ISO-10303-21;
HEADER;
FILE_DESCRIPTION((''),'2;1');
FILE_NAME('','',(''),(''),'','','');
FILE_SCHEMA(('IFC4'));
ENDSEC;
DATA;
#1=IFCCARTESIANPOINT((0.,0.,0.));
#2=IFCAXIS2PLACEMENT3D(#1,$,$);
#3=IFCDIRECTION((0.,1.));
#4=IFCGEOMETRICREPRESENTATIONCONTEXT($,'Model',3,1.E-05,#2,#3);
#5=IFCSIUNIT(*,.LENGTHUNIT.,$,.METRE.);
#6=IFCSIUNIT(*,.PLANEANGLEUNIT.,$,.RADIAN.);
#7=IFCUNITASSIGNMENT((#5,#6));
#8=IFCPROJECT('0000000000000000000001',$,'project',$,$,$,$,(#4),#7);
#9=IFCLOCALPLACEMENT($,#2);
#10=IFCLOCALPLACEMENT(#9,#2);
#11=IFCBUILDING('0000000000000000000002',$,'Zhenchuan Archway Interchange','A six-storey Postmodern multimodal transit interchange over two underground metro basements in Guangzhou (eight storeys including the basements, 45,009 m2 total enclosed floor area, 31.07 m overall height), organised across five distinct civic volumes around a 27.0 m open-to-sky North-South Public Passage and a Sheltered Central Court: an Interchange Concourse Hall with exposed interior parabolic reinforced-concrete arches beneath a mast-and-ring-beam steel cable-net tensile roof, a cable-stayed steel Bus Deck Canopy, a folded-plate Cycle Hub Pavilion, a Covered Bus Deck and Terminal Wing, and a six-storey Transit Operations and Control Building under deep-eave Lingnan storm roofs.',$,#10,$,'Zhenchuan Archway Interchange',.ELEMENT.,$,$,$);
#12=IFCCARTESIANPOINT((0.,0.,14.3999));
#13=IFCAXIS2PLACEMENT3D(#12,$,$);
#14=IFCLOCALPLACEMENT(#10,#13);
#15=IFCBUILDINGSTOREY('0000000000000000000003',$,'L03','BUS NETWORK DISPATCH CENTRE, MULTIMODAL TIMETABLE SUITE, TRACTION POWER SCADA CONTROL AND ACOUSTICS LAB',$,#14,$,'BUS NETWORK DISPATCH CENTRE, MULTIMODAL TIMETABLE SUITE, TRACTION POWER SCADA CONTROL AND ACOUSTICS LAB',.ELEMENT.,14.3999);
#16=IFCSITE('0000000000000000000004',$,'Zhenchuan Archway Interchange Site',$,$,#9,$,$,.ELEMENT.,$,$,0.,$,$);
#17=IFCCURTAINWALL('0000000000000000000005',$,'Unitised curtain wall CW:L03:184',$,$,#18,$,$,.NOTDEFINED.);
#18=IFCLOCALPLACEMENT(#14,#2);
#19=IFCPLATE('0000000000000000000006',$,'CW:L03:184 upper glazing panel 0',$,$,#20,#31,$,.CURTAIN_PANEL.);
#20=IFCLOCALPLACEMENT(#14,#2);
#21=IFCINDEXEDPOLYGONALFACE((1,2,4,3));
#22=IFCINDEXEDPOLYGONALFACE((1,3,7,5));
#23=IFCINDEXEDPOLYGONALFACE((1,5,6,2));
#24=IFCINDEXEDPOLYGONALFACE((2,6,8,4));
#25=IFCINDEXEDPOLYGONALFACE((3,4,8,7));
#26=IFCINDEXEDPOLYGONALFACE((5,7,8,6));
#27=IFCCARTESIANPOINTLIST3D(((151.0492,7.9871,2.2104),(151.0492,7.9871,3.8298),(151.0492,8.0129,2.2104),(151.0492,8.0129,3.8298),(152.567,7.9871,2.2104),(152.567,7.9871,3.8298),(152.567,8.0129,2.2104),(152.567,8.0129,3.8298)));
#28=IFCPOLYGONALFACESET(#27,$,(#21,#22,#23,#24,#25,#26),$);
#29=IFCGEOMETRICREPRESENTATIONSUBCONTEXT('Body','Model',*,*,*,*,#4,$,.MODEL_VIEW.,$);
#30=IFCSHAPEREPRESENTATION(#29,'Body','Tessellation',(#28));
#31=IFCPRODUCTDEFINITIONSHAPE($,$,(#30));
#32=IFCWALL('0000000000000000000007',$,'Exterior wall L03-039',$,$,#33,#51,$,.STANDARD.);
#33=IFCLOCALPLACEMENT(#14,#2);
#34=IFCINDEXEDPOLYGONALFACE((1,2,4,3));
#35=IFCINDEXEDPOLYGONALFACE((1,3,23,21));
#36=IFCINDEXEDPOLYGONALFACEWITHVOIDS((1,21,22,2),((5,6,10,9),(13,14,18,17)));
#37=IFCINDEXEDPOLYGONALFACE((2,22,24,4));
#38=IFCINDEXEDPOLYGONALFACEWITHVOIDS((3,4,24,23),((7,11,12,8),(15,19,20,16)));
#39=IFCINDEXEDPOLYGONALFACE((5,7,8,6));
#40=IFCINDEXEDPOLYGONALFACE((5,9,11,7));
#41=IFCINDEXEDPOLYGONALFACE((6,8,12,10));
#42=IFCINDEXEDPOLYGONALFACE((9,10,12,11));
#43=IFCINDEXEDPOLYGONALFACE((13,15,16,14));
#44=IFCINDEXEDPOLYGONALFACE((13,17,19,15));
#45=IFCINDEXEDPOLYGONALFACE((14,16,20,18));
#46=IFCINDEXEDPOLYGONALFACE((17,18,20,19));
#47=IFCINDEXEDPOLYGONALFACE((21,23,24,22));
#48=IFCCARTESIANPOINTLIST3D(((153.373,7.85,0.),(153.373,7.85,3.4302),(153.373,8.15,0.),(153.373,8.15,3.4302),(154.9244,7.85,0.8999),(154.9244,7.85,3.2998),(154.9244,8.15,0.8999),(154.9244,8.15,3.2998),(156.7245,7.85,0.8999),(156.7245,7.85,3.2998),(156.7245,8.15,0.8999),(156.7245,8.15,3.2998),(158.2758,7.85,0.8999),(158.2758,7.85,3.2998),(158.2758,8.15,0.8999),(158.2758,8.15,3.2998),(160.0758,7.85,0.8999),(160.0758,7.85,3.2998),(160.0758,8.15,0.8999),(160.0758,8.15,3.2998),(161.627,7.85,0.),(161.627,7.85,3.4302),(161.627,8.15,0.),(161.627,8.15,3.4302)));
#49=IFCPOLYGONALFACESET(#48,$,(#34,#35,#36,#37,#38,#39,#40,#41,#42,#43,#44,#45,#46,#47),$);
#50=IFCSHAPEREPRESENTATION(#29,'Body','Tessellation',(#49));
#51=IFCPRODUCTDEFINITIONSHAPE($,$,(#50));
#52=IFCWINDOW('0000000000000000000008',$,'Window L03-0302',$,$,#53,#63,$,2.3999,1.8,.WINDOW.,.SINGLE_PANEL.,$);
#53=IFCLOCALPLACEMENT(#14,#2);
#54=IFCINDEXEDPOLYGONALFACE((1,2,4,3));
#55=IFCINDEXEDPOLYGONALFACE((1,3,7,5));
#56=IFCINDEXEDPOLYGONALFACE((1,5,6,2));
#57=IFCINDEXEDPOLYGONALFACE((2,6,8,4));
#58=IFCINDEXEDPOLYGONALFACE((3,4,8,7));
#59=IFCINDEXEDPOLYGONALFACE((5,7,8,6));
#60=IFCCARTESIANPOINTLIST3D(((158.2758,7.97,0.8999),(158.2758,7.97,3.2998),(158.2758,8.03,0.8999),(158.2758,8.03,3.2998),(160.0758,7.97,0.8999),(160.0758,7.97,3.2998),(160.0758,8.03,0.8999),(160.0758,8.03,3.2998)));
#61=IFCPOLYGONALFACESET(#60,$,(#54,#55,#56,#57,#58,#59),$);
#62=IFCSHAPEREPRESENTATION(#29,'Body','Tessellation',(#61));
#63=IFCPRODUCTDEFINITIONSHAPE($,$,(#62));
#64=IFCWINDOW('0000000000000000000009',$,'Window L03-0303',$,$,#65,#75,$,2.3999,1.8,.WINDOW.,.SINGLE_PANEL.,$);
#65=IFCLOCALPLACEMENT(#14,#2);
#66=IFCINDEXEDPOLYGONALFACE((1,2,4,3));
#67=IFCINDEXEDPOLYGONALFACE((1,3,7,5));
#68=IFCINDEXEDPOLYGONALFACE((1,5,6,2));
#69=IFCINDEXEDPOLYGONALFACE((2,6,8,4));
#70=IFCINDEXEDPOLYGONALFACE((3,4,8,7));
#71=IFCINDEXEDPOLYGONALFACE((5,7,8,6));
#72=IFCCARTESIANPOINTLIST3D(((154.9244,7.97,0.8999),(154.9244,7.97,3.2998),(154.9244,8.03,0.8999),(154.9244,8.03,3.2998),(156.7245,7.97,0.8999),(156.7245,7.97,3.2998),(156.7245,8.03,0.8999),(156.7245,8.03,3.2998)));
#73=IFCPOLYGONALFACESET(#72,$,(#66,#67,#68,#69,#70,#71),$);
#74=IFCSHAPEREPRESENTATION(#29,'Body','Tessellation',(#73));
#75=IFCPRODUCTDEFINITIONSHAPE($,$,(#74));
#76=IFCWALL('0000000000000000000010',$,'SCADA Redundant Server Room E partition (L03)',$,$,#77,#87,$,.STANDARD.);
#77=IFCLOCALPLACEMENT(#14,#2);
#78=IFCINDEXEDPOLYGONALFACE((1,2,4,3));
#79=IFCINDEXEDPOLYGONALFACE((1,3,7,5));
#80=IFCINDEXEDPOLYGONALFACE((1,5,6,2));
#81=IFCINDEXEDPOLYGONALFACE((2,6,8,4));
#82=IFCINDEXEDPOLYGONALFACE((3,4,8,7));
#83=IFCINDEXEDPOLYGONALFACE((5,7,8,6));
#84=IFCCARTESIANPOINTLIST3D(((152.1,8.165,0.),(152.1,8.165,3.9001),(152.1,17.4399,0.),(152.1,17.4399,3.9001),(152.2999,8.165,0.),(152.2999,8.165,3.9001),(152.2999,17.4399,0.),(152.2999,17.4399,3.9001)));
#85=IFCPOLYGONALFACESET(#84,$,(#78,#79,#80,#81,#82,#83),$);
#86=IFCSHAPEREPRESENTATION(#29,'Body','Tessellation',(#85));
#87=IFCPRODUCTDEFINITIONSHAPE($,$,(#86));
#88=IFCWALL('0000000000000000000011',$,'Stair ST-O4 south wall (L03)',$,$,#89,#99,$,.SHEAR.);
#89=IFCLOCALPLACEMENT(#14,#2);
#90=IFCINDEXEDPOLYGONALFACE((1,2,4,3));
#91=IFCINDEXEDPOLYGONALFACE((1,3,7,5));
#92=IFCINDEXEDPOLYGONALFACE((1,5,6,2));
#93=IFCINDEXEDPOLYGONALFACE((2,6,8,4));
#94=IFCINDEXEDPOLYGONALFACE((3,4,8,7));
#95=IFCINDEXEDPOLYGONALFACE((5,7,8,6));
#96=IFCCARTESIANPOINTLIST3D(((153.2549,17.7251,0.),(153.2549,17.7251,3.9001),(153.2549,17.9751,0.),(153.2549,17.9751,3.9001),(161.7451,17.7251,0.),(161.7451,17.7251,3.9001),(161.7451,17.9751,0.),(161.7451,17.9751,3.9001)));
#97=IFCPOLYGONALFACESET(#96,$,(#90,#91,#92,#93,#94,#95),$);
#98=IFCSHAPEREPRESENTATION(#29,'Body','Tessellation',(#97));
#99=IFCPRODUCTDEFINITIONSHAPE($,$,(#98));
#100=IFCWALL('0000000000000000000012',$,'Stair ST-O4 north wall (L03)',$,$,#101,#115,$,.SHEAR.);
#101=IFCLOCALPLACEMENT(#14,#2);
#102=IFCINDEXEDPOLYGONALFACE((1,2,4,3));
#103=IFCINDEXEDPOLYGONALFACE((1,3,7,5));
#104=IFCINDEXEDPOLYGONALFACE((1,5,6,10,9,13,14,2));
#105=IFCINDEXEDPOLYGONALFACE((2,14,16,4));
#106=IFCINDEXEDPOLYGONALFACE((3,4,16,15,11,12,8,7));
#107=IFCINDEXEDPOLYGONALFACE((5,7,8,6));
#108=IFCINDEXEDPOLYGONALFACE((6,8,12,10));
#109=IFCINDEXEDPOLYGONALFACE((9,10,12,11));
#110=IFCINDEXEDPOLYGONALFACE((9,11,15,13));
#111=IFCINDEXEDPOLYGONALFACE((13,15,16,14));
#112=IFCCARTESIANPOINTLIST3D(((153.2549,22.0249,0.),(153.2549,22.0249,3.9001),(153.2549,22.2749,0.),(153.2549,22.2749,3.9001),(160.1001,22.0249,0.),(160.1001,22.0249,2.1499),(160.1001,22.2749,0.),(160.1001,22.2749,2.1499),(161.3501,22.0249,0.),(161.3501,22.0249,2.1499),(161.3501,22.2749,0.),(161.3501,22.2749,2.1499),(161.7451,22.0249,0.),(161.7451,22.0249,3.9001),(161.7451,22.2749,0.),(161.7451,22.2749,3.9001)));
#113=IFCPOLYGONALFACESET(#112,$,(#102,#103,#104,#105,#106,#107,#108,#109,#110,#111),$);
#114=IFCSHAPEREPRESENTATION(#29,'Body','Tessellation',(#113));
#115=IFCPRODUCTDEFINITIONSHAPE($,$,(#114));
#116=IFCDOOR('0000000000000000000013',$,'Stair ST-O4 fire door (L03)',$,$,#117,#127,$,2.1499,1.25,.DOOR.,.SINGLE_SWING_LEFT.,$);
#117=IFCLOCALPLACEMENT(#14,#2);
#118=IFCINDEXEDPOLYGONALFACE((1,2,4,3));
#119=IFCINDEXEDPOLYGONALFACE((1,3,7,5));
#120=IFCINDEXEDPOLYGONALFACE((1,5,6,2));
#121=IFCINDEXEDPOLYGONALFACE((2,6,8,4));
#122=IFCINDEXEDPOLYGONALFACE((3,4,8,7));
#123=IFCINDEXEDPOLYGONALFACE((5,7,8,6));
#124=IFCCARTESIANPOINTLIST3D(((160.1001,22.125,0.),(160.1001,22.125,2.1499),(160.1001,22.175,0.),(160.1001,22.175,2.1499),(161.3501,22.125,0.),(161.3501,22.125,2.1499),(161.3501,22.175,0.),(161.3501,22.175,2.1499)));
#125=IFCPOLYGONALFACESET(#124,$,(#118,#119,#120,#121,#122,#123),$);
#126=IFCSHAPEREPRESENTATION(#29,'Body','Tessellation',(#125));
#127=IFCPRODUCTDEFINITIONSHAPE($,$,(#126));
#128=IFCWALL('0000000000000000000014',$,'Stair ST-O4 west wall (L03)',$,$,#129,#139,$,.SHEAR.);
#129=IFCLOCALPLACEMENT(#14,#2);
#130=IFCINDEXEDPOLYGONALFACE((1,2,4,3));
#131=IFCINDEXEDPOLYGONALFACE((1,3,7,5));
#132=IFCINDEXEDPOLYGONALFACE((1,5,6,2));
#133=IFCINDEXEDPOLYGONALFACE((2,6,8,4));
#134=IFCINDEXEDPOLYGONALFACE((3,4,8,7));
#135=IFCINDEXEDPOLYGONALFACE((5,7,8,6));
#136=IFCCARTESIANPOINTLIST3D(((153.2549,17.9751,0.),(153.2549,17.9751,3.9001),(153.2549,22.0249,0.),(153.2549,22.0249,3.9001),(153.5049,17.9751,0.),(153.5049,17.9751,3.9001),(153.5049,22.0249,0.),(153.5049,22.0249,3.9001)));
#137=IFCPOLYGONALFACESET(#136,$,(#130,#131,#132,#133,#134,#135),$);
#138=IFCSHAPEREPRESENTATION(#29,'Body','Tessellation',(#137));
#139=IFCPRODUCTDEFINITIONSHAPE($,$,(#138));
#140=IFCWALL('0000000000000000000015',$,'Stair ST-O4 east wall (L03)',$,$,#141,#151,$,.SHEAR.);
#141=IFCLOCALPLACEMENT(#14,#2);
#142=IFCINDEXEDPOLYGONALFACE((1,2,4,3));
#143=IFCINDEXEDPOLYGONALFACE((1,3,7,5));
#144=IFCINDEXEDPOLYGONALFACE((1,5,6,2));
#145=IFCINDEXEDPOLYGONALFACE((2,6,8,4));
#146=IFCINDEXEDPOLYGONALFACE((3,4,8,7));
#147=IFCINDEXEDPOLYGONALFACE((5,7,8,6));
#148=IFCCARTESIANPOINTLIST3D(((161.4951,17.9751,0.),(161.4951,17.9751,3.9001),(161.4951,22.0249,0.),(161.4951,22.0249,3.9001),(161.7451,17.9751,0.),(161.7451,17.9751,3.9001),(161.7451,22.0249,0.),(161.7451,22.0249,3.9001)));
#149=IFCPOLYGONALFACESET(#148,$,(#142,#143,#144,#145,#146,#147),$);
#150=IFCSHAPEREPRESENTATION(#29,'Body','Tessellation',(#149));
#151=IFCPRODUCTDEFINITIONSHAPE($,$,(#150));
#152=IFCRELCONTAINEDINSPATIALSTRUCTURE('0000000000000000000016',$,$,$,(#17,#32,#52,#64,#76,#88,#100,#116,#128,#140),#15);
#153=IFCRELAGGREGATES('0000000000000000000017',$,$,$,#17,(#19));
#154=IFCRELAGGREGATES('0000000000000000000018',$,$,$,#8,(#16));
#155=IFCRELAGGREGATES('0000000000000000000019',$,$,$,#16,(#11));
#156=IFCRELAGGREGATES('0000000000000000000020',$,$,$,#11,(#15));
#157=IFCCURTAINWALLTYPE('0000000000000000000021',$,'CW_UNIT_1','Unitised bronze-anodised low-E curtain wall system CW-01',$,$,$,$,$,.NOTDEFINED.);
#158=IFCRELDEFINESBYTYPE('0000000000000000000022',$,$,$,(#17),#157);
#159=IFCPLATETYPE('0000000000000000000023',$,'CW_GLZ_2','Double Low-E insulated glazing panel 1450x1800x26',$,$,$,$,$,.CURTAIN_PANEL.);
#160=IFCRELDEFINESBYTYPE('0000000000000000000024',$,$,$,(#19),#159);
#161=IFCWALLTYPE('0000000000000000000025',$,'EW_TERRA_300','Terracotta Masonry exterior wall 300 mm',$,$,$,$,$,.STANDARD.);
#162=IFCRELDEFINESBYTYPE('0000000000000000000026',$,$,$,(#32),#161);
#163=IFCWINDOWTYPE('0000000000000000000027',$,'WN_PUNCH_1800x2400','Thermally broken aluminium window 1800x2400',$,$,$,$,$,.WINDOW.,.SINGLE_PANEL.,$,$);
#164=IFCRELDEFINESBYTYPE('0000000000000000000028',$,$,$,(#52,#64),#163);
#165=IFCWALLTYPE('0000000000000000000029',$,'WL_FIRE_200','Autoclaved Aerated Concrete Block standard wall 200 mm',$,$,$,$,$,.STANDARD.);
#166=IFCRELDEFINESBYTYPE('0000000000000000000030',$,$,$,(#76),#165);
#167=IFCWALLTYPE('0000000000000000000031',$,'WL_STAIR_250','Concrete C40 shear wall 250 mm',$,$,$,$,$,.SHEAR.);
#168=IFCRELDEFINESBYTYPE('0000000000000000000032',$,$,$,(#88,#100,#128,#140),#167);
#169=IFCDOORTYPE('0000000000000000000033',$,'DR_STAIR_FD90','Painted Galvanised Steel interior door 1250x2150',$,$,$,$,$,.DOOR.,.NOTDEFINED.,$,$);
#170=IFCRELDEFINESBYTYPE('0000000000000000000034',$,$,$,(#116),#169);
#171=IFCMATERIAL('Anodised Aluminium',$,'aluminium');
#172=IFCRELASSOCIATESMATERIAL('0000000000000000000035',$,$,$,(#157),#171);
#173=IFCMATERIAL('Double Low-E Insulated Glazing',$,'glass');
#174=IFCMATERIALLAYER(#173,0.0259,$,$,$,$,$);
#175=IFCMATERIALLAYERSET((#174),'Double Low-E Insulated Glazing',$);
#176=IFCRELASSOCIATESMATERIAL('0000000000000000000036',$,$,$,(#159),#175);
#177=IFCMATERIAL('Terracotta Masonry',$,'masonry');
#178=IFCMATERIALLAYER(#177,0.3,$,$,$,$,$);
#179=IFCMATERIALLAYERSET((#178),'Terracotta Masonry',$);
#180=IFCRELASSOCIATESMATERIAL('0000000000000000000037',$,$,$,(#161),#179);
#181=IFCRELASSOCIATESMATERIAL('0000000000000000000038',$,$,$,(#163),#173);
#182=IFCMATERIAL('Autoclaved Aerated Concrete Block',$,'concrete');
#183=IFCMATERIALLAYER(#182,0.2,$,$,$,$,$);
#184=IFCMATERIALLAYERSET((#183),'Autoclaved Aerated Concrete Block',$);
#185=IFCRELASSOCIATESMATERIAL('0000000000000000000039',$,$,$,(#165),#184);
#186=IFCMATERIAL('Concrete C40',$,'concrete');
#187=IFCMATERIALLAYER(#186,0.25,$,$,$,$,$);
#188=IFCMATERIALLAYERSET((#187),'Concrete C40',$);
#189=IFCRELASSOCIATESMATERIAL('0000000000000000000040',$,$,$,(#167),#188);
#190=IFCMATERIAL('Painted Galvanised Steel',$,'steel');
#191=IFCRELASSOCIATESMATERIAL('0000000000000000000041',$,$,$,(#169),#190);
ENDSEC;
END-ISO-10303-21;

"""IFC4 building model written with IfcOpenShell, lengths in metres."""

from ifc_helpers import new_model, si_unit, direction, frame, frame_2d, origin, origin_2d, place, context, subcontext, project, spatial, rectangle, extrude, material, layer, layer_set, type_object, element, fill, aggregate, save


model = new_model("IFC4")

# Units and contexts
model_context = context("Model", 3, precision=1e-05, world=origin(), true_north=direction((0.0, 1.0)))
body_context = subcontext(model_context, "Body", "Model", "MODEL_VIEW")
ifc_project = project(units=[si_unit("LENGTHUNIT", "METRE"), si_unit("PLANEANGLEUNIT", "RADIAN")], contexts=[model_context])

# Site, building, storey
site_placement = place(None, origin())
site = spatial("IfcSite", under=ifc_project, at=site_placement, Name="Zhenchuan Archway Interchange Site", CompositionType="ELEMENT", RefElevation=0.0)
building_placement = place(site_placement, origin())
building = spatial("IfcBuilding", under=site, at=building_placement, Name="Zhenchuan Archway Interchange", Description="A six-storey Postmodern multimodal transit interchange over two underground metro basements in Guangzhou (eight storeys including the basements, 45,009 m2 total enclosed floor area, 31.07 m overall height), organised across five distinct civic volumes around a 27.0 m open-to-sky North-South Public Passage and a Sheltered Central Court: an Interchange Concourse Hall with exposed interior parabolic reinforced-concrete arches beneath a mast-and-ring-beam steel cable-net tensile roof, a cable-stayed steel Bus Deck Canopy, a folded-plate Cycle Hub Pavilion, a Covered Bus Deck and Terminal Wing, and a six-storey Transit Operations and Control Building under deep-eave Lingnan storm roofs.", LongName="Zhenchuan Archway Interchange", CompositionType="ELEMENT")
storey_placement = place(building_placement, frame((0.0, 0.0, 14.3999)))
storey = spatial("IfcBuildingStorey", under=building, at=storey_placement, Name="L03", Description="BUS NETWORK DISPATCH CENTRE, MULTIMODAL TIMETABLE SUITE, TRACTION POWER SCADA CONTROL AND ACOUSTICS LAB", LongName="BUS NETWORK DISPATCH CENTRE, MULTIMODAL TIMETABLE SUITE, TRACTION POWER SCADA CONTROL AND ACOUSTICS LAB", CompositionType="ELEMENT", Elevation=14.3999)

# Shared definitions
ifc_material_1 = material(Name="Concrete C40", Category="concrete")

# Curtain wall
ifc_material_2 = material(Name="Anodised Aluminium", Category="aluminium")
curtain_wall_type = type_object("IfcCurtainWallType", Name="CW_UNIT_1", Description="Unitised bronze-anodised low-E curtain wall system CW-01", PredefinedType="NOTDEFINED", material=ifc_material_2)
curtain_wall_placement = place(storey_placement, origin())
curtain_wall = element("IfcCurtainWall", 1, at=curtain_wall_placement, inside=storey, type_object=curtain_wall_type, Name="Unitised curtain wall CW:L03:184", PredefinedType="NOTDEFINED")

# Plate
ifc_material_3 = material(Name="Double Low-E Insulated Glazing", Category="glass")
ifc_layer_1 = layer(ifc_material_3, 0.0259)
ifc_layer_set_1 = layer_set([ifc_layer_1], Name="Double Low-E Insulated Glazing")
plate_type = type_object("IfcPlateType", Name="CW_GLZ_2", Description="Double Low-E insulated glazing panel 1450x1800x26", PredefinedType="CURTAIN_PANEL", material=ifc_layer_set_1)
plate_placement = place(storey_placement, frame((151.8081, 8.0, 2.2104), z_axis=(0.0, 0.0, 1.0), x_axis=(-1.0, 0.0, 0.0)))
plate = element("IfcPlate", 2, at=plate_placement, type_object=plate_type, Name="CW:L03:184 upper glazing panel 0", PredefinedType="CURTAIN_PANEL", context=body_context, shape_type="SweptSolid", body=[
    extrude(rectangle(XDim=1.5178, YDim=0.0259, at=origin_2d()), origin(), (0.0, 0.0, 1.0), 1.6194),
])
aggregate(curtain_wall, [plate])

# Wall, openings, windows
ifc_material_4 = material(Name="Terracotta Masonry", Category="masonry")
ifc_layer_2 = layer(ifc_material_4, 0.3)
ifc_layer_set_2 = layer_set([ifc_layer_2], Name="Terracotta Masonry")
wall_type_1 = type_object("IfcWallType", Name="EW_TERRA_300", Description="Terracotta Masonry exterior wall 300 mm", PredefinedType="STANDARD", material=ifc_layer_set_2)
wall_1_placement = place(storey_placement, frame((161.627, 8.0, 0.0), z_axis=(0.0, 0.0, 1.0), x_axis=(-1.0, 0.0, 0.0)))
wall_1 = element("IfcWall", 3, at=wall_1_placement, inside=storey, type_object=wall_type_1, Name="Exterior wall L03-039", PredefinedType="STANDARD", context=body_context, shape_type="SweptSolid", body=[
    extrude(rectangle(XDim=8.2539, YDim=0.3, at=frame_2d((4.127, 0.0))), origin(), (0.0, 0.0, 1.0), 3.4302),
])
opening_1_placement = place(wall_1_placement, frame((1.5513, 0.0, 0.8999)))
opening_1 = element("IfcOpeningElement", 4, at=opening_1_placement, cuts=wall_1, PredefinedType="OPENING", context=body_context, shape_type="SweptSolid", body=[
    extrude(rectangle(XDim=1.8, YDim=2.3999, at=frame_2d((0.8999, 1.2))), frame((0.0, 0.1621, 0.0), z_axis=(0.0, -1.0, 0.0), x_axis=(1.0, 0.0, 0.0)), (0.0, 0.0, 1.0), 0.324),
])
opening_2_placement = place(wall_1_placement, frame((4.9026, 0.0, 0.8999)))
opening_2 = element("IfcOpeningElement", 5, at=opening_2_placement, cuts=wall_1, PredefinedType="OPENING", context=body_context, shape_type="SweptSolid", body=[
    extrude(rectangle(XDim=1.8, YDim=2.3999, at=frame_2d((0.8999, 1.2))), frame((0.0, 0.1621, 0.0), z_axis=(0.0, -1.0, 0.0), x_axis=(1.0, 0.0, 0.0)), (0.0, 0.0, 1.0), 0.324),
])
window_type = type_object("IfcWindowType", Name="WN_PUNCH_1800x2400", Description="Thermally broken aluminium window 1800x2400", PartitioningType="SINGLE_PANEL", PredefinedType="WINDOW", material=ifc_material_3)
window_1_placement = place(opening_1_placement, origin())
window_1 = element("IfcWindow", 6, at=window_1_placement, inside=storey, type_object=window_type, Name="Window L03-0302", OverallHeight=2.3999, OverallWidth=1.8, PartitioningType="SINGLE_PANEL", PredefinedType="WINDOW", context=body_context, shape_type="SweptSolid", body=[
    extrude(rectangle(XDim=1.8, YDim=2.3999, at=frame_2d((0.8999, 1.2))), frame((0.0, 0.03, 0.0), z_axis=(0.0, -1.0, 0.0), x_axis=(1.0, 0.0, 0.0)), (0.0, 0.0, 1.0), 0.0601),
])
fill(opening_1, window_1)
window_2_placement = place(opening_2_placement, origin())
window_2 = element("IfcWindow", 7, at=window_2_placement, inside=storey, type_object=window_type, Name="Window L03-0303", OverallHeight=2.3999, OverallWidth=1.8, PartitioningType="SINGLE_PANEL", PredefinedType="WINDOW", context=body_context, shape_type="SweptSolid", body=[
    extrude(rectangle(XDim=1.8, YDim=2.3999, at=frame_2d((0.8999, 1.2))), frame((0.0, 0.03, 0.0), z_axis=(0.0, -1.0, 0.0), x_axis=(1.0, 0.0, 0.0)), (0.0, 0.0, 1.0), 0.0601),
])
fill(opening_2, window_2)

# Walls
ifc_material_5 = material(Name="Autoclaved Aerated Concrete Block", Category="concrete")
ifc_layer_3 = layer(ifc_material_5, 0.2)
ifc_layer_set_3 = layer_set([ifc_layer_3], Name="Autoclaved Aerated Concrete Block")
wall_type_2 = type_object("IfcWallType", Name="WL_FIRE_200", Description="Autoclaved Aerated Concrete Block standard wall 200 mm", PredefinedType="STANDARD", material=ifc_layer_set_3)
wall_2_placement = place(storey_placement, frame((152.2, 8.165, 0.0), z_axis=(0.0, 0.0, 1.0), x_axis=(0.0, 1.0, 0.0)))
element("IfcWall", 8, at=wall_2_placement, inside=storey, type_object=wall_type_2, Name="SCADA Redundant Server Room E partition (L03)", PredefinedType="STANDARD", context=body_context, shape_type="SweptSolid", body=[
    extrude(rectangle(XDim=9.2749, YDim=0.2, at=frame_2d((4.6375, 0.0))), origin(), (0.0, 0.0, 1.0), 3.9001),
])
ifc_layer_4 = layer(ifc_material_1, 0.25)
ifc_layer_set_4 = layer_set([ifc_layer_4], Name="Concrete C40")
wall_type_3 = type_object("IfcWallType", Name="WL_STAIR_250", Description="Concrete C40 shear wall 250 mm", PredefinedType="SHEAR", material=ifc_layer_set_4)
wall_3_placement = place(storey_placement, frame((153.2549, 17.8501, 0.0), z_axis=(0.0, 0.0, 1.0), x_axis=(1.0, 0.0, 0.0)))
element("IfcWall", 9, at=wall_3_placement, inside=storey, type_object=wall_type_3, Name="Stair ST-O4 south wall (L03)", PredefinedType="SHEAR", context=body_context, shape_type="SweptSolid", body=[
    extrude(rectangle(XDim=8.4902, YDim=0.25, at=frame_2d((4.2451, 0.0))), origin(), (0.0, 0.0, 1.0), 3.9001),
])

# Wall, opening, door
wall_4_placement = place(storey_placement, frame((161.7451, 22.1499, 0.0), z_axis=(0.0, 0.0, 1.0), x_axis=(-1.0, 0.0, 0.0)))
wall_4 = element("IfcWall", 10, at=wall_4_placement, inside=storey, type_object=wall_type_3, Name="Stair ST-O4 north wall (L03)", PredefinedType="SHEAR", context=body_context, shape_type="SweptSolid", body=[
    extrude(rectangle(XDim=8.4902, YDim=0.25, at=frame_2d((4.2451, 0.0))), origin(), (0.0, 0.0, 1.0), 3.9001),
])
opening_3_placement = place(wall_4_placement, frame((0.395, 0.0, 0.0)))
opening_3 = element("IfcOpeningElement", 11, at=opening_3_placement, cuts=wall_4, PredefinedType="OPENING", context=body_context, shape_type="SweptSolid", body=[
    extrude(rectangle(XDim=1.25, YDim=2.1499, at=frame_2d((0.625, 1.075))), frame((0.0, 0.137, 0.0), z_axis=(0.0, -1.0, 0.0), x_axis=(1.0, 0.0, 0.0)), (0.0, 0.0, 1.0), 0.2739),
])
ifc_material_6 = material(Name="Painted Galvanised Steel", Category="steel")
door_type = type_object("IfcDoorType", Name="DR_STAIR_FD90", Description="Painted Galvanised Steel interior door 1250x2150", OperationType="NOTDEFINED", PredefinedType="DOOR", material=ifc_material_6)
door_placement = place(opening_3_placement, origin())
door = element("IfcDoor", 12, at=door_placement, inside=storey, type_object=door_type, Name="Stair ST-O4 fire door (L03)", OperationType="SINGLE_SWING_LEFT", OverallHeight=2.1499, OverallWidth=1.25, PredefinedType="DOOR", context=body_context, shape_type="SweptSolid", body=[
    extrude(rectangle(XDim=1.25, YDim=2.1499, at=frame_2d((0.625, 1.075))), frame((0.0, 0.0249, 0.0), z_axis=(0.0, -1.0, 0.0), x_axis=(1.0, 0.0, 0.0)), (0.0, 0.0, 1.0), 0.05),
])
fill(opening_3, door)

# Walls
for number, where, z_axis, x_axis, name in (
    (13, (153.3799, 22.0249, 0.0), (0.0, 0.0, 1.0), (0.0, -1.0, 0.0), "Stair ST-O4 west wall (L03)"),
    (14, (161.6201, 17.9751, 0.0), (0.0, 0.0, 1.0), (0.0, 1.0, 0.0), "Stair ST-O4 east wall (L03)"),
):
    element("IfcWall", number, at=place(storey_placement, frame(where, z_axis=z_axis, x_axis=x_axis)), inside=storey, type_object=wall_type_3, Name=name, PredefinedType="SHEAR", context=body_context, shape_type="SweptSolid", body=[
        extrude(rectangle(XDim=4.0498, YDim=0.25, at=frame_2d((2.0249, 0.0))), origin(), (0.0, 0.0, 1.0), 3.9001),
    ])

save(model, "model.ifc")
